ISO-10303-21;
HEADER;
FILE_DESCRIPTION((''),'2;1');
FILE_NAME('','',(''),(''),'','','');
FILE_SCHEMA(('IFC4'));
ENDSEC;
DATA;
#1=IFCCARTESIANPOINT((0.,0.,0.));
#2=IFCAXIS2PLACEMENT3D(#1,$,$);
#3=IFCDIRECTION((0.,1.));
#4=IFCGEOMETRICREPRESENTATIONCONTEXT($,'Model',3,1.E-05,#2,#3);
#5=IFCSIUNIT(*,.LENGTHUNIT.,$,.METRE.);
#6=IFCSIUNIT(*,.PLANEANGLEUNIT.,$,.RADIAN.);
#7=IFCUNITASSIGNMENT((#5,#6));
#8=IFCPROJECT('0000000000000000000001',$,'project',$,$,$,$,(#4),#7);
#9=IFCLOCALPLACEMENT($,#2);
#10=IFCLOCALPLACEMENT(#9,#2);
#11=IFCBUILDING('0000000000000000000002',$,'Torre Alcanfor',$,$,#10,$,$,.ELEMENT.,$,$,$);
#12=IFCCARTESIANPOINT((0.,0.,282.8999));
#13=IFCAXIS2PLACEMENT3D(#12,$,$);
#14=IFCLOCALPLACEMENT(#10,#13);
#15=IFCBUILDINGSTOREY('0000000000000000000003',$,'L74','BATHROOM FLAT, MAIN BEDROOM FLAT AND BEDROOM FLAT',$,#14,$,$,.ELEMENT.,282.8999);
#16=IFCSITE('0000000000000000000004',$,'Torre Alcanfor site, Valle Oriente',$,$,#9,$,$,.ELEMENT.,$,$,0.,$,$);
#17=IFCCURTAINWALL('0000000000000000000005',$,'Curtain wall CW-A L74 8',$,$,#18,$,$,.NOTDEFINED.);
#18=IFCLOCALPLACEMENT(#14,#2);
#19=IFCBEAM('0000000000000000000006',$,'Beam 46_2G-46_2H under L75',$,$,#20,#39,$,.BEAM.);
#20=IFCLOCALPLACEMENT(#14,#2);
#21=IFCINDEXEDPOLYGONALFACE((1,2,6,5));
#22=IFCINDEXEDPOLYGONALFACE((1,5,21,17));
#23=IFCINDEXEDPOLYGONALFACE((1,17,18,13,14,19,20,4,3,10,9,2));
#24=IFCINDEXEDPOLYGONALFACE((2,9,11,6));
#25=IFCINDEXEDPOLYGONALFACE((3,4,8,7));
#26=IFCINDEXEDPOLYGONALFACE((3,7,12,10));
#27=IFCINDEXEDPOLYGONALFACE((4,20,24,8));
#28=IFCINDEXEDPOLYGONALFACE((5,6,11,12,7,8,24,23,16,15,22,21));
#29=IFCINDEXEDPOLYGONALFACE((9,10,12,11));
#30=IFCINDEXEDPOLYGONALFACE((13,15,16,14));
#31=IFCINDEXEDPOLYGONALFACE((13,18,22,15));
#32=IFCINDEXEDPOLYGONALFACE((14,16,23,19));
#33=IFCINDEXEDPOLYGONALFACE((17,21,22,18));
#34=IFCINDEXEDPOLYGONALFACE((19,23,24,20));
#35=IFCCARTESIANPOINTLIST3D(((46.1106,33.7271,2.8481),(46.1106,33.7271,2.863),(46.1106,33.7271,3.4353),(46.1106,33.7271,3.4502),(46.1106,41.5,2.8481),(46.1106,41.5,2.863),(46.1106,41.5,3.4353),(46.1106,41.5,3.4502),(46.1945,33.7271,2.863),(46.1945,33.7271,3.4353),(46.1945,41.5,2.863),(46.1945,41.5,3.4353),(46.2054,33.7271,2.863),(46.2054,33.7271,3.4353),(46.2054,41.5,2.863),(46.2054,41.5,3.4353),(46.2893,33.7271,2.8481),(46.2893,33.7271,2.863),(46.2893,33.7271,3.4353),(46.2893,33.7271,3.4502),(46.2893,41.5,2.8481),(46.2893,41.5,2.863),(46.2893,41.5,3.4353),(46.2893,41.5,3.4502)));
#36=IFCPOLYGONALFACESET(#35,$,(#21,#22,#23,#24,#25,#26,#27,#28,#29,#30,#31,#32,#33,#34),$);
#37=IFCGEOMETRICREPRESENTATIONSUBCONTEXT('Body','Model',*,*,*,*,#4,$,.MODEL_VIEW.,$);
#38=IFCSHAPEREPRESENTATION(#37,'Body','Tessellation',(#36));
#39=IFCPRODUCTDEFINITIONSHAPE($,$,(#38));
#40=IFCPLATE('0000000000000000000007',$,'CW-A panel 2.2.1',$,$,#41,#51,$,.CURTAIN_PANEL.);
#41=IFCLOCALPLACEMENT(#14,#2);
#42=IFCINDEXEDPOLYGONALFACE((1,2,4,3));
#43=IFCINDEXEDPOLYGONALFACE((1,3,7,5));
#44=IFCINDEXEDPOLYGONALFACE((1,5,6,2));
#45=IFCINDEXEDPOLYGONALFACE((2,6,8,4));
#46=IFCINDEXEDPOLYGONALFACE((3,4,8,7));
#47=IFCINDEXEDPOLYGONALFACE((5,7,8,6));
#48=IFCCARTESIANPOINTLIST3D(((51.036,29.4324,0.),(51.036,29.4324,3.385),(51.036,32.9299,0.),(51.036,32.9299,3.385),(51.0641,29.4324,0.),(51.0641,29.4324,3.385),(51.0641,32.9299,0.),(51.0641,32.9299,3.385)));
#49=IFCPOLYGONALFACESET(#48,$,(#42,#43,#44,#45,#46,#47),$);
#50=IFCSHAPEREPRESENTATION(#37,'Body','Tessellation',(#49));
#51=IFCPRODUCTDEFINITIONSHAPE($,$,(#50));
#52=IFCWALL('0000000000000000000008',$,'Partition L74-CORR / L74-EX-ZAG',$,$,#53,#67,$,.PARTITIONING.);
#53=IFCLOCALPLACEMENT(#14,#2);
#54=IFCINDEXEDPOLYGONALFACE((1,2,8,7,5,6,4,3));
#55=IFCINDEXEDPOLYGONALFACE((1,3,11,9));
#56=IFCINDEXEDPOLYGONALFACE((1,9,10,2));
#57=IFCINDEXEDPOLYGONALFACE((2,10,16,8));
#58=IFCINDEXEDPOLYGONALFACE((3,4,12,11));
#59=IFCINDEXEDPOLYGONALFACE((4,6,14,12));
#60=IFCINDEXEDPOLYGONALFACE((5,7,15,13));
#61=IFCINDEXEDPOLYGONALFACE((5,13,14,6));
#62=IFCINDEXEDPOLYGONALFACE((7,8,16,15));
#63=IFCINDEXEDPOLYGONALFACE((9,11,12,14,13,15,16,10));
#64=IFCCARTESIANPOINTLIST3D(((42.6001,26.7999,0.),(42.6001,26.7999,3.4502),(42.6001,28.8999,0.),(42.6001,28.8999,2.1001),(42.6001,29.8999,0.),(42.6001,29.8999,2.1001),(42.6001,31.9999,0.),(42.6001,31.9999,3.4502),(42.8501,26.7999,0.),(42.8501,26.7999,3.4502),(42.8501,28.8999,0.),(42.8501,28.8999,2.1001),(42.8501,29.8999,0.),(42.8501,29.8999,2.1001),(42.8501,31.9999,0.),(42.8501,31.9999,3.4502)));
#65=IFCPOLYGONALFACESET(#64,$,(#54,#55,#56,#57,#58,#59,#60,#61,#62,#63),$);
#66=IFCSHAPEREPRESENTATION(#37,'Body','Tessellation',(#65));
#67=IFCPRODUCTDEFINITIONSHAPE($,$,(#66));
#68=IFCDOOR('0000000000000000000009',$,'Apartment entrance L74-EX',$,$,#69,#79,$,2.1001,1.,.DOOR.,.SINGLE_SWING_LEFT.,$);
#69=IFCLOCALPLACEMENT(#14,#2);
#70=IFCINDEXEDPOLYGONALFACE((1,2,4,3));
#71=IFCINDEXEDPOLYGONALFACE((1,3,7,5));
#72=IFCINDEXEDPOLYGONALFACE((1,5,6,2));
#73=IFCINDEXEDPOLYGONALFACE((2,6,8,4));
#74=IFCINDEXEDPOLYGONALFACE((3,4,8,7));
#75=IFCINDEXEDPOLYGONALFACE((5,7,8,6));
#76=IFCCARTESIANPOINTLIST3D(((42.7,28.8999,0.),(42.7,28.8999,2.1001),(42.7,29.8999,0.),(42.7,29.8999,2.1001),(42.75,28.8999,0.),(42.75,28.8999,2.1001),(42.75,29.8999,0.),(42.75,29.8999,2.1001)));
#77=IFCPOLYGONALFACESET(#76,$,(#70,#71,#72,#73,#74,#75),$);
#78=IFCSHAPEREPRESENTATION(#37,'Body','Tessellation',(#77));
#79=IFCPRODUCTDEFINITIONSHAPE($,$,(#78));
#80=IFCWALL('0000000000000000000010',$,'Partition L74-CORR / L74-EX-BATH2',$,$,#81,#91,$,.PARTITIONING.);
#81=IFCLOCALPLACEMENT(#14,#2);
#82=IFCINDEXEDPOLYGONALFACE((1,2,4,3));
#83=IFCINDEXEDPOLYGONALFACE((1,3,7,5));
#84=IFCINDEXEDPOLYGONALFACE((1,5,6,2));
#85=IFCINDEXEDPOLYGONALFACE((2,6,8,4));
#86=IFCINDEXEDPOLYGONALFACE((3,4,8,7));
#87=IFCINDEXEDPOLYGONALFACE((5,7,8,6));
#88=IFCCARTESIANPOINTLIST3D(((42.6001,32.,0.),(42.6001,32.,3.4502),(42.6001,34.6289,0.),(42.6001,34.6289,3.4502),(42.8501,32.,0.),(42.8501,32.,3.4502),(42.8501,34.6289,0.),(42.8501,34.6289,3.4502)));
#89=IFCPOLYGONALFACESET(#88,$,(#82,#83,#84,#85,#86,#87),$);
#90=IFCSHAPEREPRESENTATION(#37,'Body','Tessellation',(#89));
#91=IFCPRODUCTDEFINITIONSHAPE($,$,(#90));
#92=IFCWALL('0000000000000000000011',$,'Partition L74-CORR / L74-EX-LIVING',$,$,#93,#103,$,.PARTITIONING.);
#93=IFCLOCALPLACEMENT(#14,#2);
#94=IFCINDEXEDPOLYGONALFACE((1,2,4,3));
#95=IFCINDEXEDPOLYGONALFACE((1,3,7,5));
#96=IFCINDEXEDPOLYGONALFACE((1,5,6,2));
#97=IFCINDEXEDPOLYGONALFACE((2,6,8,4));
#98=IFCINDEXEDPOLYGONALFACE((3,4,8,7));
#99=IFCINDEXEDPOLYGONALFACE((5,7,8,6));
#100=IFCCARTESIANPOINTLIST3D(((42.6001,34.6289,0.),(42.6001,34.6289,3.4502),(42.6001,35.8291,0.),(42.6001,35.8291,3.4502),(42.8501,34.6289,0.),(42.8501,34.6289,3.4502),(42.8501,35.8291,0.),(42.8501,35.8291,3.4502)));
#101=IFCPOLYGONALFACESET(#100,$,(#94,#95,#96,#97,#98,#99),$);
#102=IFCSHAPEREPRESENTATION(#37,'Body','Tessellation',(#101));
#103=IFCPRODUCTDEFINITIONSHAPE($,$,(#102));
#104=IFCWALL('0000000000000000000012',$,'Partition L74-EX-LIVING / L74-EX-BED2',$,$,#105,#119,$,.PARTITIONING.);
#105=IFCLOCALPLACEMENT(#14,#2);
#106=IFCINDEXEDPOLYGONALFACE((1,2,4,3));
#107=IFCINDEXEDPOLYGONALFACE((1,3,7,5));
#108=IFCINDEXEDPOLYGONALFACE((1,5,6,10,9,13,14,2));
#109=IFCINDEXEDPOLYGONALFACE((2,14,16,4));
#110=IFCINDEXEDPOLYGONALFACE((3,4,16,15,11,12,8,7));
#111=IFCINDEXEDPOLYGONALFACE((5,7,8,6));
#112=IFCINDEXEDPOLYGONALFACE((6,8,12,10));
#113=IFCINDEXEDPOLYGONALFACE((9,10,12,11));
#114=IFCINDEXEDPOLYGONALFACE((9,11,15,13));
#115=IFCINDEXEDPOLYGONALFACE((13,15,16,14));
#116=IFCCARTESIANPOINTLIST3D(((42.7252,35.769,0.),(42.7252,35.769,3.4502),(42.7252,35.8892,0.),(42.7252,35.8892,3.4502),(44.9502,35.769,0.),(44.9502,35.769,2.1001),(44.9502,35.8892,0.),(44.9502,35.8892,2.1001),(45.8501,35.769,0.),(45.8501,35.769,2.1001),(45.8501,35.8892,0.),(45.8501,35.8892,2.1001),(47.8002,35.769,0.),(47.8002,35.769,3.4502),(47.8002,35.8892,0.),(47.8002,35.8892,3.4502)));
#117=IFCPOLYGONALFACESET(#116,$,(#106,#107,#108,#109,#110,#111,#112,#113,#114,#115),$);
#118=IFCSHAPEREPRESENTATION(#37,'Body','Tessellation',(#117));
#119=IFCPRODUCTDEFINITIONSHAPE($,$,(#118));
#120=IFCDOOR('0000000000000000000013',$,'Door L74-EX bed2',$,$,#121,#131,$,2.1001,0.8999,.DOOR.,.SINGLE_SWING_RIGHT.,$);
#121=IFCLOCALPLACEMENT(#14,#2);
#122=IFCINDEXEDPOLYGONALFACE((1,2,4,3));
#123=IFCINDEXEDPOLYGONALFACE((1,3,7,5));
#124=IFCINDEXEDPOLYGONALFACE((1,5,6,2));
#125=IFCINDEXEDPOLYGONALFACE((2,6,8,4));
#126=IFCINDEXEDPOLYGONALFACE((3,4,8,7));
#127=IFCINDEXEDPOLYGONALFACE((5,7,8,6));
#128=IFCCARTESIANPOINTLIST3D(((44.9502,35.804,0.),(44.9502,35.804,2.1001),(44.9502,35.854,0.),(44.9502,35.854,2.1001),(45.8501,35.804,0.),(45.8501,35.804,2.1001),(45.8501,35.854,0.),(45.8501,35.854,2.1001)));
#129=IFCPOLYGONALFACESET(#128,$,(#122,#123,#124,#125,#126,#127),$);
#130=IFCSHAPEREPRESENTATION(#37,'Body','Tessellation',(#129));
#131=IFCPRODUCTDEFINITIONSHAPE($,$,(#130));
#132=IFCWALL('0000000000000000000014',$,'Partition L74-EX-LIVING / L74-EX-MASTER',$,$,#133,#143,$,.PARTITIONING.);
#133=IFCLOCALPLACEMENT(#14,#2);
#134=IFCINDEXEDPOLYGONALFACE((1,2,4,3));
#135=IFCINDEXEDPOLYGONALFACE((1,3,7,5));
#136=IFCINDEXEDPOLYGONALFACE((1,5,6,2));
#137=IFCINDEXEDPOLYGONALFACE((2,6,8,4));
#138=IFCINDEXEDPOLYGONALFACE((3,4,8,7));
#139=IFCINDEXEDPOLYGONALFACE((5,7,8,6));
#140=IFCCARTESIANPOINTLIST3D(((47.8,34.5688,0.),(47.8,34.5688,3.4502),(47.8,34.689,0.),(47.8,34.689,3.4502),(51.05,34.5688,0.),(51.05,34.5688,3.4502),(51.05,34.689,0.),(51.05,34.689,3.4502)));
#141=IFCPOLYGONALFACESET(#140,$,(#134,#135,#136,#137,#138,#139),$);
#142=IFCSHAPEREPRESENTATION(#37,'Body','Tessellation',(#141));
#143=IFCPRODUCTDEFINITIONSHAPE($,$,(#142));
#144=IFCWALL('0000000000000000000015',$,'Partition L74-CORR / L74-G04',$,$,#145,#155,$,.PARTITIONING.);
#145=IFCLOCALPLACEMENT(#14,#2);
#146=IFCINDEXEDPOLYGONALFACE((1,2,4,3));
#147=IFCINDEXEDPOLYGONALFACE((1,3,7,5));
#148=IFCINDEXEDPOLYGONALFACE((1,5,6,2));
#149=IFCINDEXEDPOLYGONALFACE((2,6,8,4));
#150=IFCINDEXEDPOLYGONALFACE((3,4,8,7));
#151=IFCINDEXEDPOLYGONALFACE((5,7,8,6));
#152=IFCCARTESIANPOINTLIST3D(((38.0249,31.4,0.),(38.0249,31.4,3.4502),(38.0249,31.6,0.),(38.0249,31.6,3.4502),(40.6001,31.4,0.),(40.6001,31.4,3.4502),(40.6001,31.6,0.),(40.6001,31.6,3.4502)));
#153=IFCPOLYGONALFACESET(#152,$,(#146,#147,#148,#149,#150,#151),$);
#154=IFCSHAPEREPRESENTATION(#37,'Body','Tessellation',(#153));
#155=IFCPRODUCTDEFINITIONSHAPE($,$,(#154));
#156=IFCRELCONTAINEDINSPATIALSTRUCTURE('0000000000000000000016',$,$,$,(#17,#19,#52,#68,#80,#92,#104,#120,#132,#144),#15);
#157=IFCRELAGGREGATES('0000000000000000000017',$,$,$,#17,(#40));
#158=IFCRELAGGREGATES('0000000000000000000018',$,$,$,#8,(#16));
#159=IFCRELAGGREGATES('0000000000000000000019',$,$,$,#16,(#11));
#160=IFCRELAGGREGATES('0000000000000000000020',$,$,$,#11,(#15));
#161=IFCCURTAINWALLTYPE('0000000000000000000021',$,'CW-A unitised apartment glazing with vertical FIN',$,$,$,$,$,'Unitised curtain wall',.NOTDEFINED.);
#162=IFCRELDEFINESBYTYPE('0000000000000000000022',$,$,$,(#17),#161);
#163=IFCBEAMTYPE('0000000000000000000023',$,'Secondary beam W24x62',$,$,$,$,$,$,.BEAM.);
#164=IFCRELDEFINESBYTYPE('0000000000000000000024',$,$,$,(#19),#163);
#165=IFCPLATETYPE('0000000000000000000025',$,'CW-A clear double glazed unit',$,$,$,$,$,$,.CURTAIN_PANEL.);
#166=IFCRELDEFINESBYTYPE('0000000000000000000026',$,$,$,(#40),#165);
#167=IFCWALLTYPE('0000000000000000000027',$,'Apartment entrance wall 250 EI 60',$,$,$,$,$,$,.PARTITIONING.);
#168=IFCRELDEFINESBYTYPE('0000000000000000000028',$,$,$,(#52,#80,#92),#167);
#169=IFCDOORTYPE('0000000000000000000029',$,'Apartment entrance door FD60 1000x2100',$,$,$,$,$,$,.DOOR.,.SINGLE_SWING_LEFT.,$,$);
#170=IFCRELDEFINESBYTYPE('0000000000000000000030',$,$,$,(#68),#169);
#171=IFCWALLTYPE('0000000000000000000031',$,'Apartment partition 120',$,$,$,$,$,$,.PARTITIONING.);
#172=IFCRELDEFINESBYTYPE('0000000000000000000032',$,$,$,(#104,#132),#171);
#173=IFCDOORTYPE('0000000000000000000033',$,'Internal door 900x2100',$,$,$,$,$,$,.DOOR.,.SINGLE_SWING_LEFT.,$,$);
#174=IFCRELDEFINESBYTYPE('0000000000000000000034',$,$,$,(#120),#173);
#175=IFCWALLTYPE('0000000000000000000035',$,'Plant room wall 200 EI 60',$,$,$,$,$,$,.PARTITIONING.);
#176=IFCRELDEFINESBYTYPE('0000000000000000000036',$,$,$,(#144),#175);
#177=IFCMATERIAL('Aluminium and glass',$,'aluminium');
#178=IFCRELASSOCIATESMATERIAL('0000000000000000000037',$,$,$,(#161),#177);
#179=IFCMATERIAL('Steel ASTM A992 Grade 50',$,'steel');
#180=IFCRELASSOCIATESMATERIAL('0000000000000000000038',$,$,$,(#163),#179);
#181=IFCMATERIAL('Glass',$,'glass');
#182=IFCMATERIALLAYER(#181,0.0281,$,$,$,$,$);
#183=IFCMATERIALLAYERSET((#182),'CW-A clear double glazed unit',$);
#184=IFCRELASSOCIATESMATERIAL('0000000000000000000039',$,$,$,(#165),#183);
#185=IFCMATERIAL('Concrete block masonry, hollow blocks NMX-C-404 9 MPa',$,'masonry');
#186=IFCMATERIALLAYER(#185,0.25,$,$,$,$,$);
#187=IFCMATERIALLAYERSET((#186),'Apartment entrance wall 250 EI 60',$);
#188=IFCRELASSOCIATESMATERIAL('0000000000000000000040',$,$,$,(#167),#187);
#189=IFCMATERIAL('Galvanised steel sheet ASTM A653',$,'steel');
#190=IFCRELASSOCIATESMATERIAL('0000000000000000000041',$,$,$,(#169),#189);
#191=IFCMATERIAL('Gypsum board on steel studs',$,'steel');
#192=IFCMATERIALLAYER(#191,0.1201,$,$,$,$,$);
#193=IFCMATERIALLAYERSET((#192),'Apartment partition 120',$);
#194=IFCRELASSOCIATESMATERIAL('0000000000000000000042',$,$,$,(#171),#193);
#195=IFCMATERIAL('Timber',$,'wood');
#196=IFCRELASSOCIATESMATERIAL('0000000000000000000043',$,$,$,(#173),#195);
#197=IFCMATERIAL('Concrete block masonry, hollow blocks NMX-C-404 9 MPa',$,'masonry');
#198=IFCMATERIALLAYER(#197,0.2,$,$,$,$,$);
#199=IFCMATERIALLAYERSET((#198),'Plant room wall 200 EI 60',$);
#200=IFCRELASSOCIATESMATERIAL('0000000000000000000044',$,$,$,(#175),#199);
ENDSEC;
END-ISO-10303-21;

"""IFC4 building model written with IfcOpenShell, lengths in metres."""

from ifc_helpers import new_model, si_unit, direction, frame, frame_2d, origin, origin_2d, place, context, subcontext, project, spatial, rectangle, i_section, extrude, material, layer, layer_set, material_profile, profile_set, type_object, element, fill, aggregate, save


model = new_model("IFC4")

# Units and contexts
model_context = context("Model", 3, precision=1e-05, world=origin(), true_north=direction((0.0, 1.0)))
body_context = subcontext(model_context, "Body", "Model", "MODEL_VIEW")
ifc_project = project(units=[si_unit("LENGTHUNIT", "METRE"), si_unit("PLANEANGLEUNIT", "RADIAN")], contexts=[model_context])

# Site, building, storey
site_placement = place(None, origin())
site = spatial("IfcSite", under=ifc_project, at=site_placement, Name="Torre Alcanfor site, Valle Oriente", CompositionType="ELEMENT", RefElevation=0.0)
building_placement = place(site_placement, origin())
building = spatial("IfcBuilding", under=site, at=building_placement, Name="Torre Alcanfor", CompositionType="ELEMENT")
storey_placement = place(building_placement, frame((0.0, 0.0, 282.8999)))
storey = spatial("IfcBuildingStorey", under=building, at=storey_placement, Name="L74", Description="BATHROOM FLAT, MAIN BEDROOM FLAT AND BEDROOM FLAT", CompositionType="ELEMENT", Elevation=282.8999)

# Curtain wall
ifc_material_1 = material(Name="Aluminium and glass", Category="aluminium")
curtain_wall_type = type_object("IfcCurtainWallType", Name="CW-A unitised apartment glazing with vertical FIN", ElementType="Unitised curtain wall", PredefinedType="NOTDEFINED", material=ifc_material_1)
curtain_wall_placement = place(storey_placement, origin())
curtain_wall = element("IfcCurtainWall", 1, at=curtain_wall_placement, inside=storey, type_object=curtain_wall_type, Name="Curtain wall CW-A L74 8", PredefinedType="NOTDEFINED")

# Beam
ifc_material_2 = material(Name="Steel ASTM A992 Grade 50", Category="steel")
ifc_material_profile_1 = material_profile(ifc_material_2, i_section(OverallWidth=0.1787, OverallDepth=0.6021, WebThickness=0.011, FlangeThickness=0.0149, at=origin_2d()), Name="W24x62")
ifc_profile_set_1 = profile_set([ifc_material_profile_1], Name="Steel ASTM A992 Grade 50")
beam_type_1 = type_object("IfcBeamType", Name="Secondary beam W24x62", PredefinedType="BEAM", material=ifc_profile_set_1)
beam_1_placement = place(storey_placement, frame((46.2, 33.7271, 3.1492), z_axis=(0.0, 1.0, 0.0), x_axis=(-1.0, 0.0, 0.0)))
element("IfcBeam", 2, at=beam_1_placement, inside=storey, type_object=beam_type_1, Name="Beam 46_2G-46_2H under L75", PredefinedType="BEAM", context=body_context, shape_type="SweptSolid", body=[
    extrude(i_section(OverallWidth=0.1787, OverallDepth=0.6021, WebThickness=0.011, FlangeThickness=0.0149, at=origin_2d()), origin(), (0.0, 0.0, 1.0), 7.7729),
])

# Plate
ifc_material_3 = material(Name="Glass", Category="glass")
ifc_layer_1 = layer(ifc_material_3, 0.0281)
ifc_layer_set_1 = layer_set([ifc_layer_1], Name="CW-A clear double glazed unit")
plate_type = type_object("IfcPlateType", Name="CW-A clear double glazed unit", PredefinedType="CURTAIN_PANEL", material=ifc_layer_set_1)
plate_placement = place(storey_placement, frame((51.05, 31.1812, 0.0), z_axis=(0.0, 0.0, 1.0), x_axis=(0.0, 1.0, 0.0)))
plate = element("IfcPlate", 3, at=plate_placement, type_object=plate_type, Name="CW-A panel 2.2.1", PredefinedType="CURTAIN_PANEL", context=body_context, shape_type="SweptSolid", body=[
    extrude(rectangle(XDim=3.4976, YDim=0.0281, at=origin_2d()), origin(), (0.0, 0.0, 1.0), 3.385),
])
aggregate(curtain_wall, [plate])

# Wall, opening, door
ifc_material_4 = material(Name="Concrete block masonry, hollow blocks NMX-C-404 9 MPa", Category="masonry")
ifc_layer_2 = layer(ifc_material_4, 0.25)
ifc_layer_set_2 = layer_set([ifc_layer_2], Name="Apartment entrance wall 250 EI 60")
wall_type_1 = type_object("IfcWallType", Name="Apartment entrance wall 250 EI 60", PredefinedType="PARTITIONING", material=ifc_layer_set_2)
wall_1_placement = place(storey_placement, frame((42.7251, 32.0, 0.0), z_axis=(0.0, 0.0, 1.0), x_axis=(0.0, -1.0, 0.0)))
wall_1 = element("IfcWall", 4, at=wall_1_placement, inside=storey, type_object=wall_type_1, Name="Partition L74-CORR / L74-EX-ZAG", PredefinedType="PARTITIONING", context=body_context, shape_type="SweptSolid", body=[
    extrude(rectangle(XDim=5.2, YDim=0.25, at=frame_2d((2.6001, 0.0))), origin(), (0.0, 0.0, 1.0), 3.4502),
])
opening_1_placement = place(wall_1_placement, frame((2.1001, 0.0, 0.0)))
opening_1 = element("IfcOpeningElement", 5, at=opening_1_placement, cuts=wall_1, PredefinedType="OPENING", context=body_context, shape_type="SweptSolid", body=[
    extrude(rectangle(XDim=1.0, YDim=2.1001, at=frame_2d((0.5, 1.05))), frame((0.0, 0.135, 0.0), z_axis=(0.0, -1.0, 0.0), x_axis=(1.0, 0.0, 0.0)), (0.0, 0.0, 1.0), 0.27),
])
ifc_material_5 = material(Name="Galvanised steel sheet ASTM A653", Category="steel")
door_type_1 = type_object("IfcDoorType", Name="Apartment entrance door FD60 1000x2100", OperationType="SINGLE_SWING_LEFT", PredefinedType="DOOR", material=ifc_material_5)
door_1_placement = place(opening_1_placement, origin())
door_1 = element("IfcDoor", 6, at=door_1_placement, inside=storey, type_object=door_type_1, Name="Apartment entrance L74-EX", OperationType="SINGLE_SWING_LEFT", OverallHeight=2.1001, OverallWidth=1.0, PredefinedType="DOOR", context=body_context, shape_type="SweptSolid", body=[
    extrude(rectangle(XDim=1.0, YDim=2.1001, at=frame_2d((0.5, 1.05))), frame((0.0, 0.0249, 0.0), z_axis=(0.0, -1.0, 0.0), x_axis=(1.0, 0.0, 0.0)), (0.0, 0.0, 1.0), 0.05),
])
fill(opening_1, door_1)

# Walls
wall_2_placement = place(storey_placement, frame((42.7251, 34.6289, 0.0), z_axis=(0.0, 0.0, 1.0), x_axis=(0.0, -1.0, 0.0)))
element("IfcWall", 7, at=wall_2_placement, inside=storey, type_object=wall_type_1, Name="Partition L74-CORR / L74-EX-BATH2", PredefinedType="PARTITIONING", context=body_context, shape_type="SweptSolid", body=[
    extrude(rectangle(XDim=2.6289, YDim=0.25, at=frame_2d((1.3145, 0.0))), origin(), (0.0, 0.0, 1.0), 3.4502),
])
wall_3_placement = place(storey_placement, frame((42.7251, 35.8291, 0.0), z_axis=(0.0, 0.0, 1.0), x_axis=(0.0, -1.0, 0.0)))
element("IfcWall", 8, at=wall_3_placement, inside=storey, type_object=wall_type_1, Name="Partition L74-CORR / L74-EX-LIVING", PredefinedType="PARTITIONING", context=body_context, shape_type="SweptSolid", body=[
    extrude(rectangle(XDim=1.2002, YDim=0.25, at=frame_2d((0.6001, 0.0))), origin(), (0.0, 0.0, 1.0), 3.4502),
])

# Wall, opening, door
ifc_material_6 = material(Name="Gypsum board on steel studs", Category="steel")
ifc_layer_3 = layer(ifc_material_6, 0.1201)
ifc_layer_set_3 = layer_set([ifc_layer_3], Name="Apartment partition 120")
wall_type_2 = type_object("IfcWallType", Name="Apartment partition 120", PredefinedType="PARTITIONING", material=ifc_layer_set_3)
wall_4_placement = place(storey_placement, frame((42.7251, 35.8291, 0.0), z_axis=(0.0, 0.0, 1.0), x_axis=(1.0, 0.0, 0.0)))
wall_4 = element("IfcWall", 9, at=wall_4_placement, inside=storey, type_object=wall_type_2, Name="Partition L74-EX-LIVING / L74-EX-BED2", PredefinedType="PARTITIONING", context=body_context, shape_type="SweptSolid", body=[
    extrude(rectangle(XDim=5.075, YDim=0.1201, at=frame_2d((2.5376, 0.0))), origin(), (0.0, 0.0, 1.0), 3.4502),
])
opening_2_placement = place(wall_4_placement, frame((2.2251, 0.0, 0.0)))
opening_2 = element("IfcOpeningElement", 10, at=opening_2_placement, cuts=wall_4, PredefinedType="OPENING", context=body_context, shape_type="SweptSolid", body=[
    extrude(rectangle(XDim=0.8999, YDim=2.1001, at=frame_2d((0.45, 1.05))), frame((0.0, 0.0701, 0.0), z_axis=(0.0, -1.0, 0.0), x_axis=(1.0, 0.0, 0.0)), (0.0, 0.0, 1.0), 0.1401),
])
ifc_material_7 = material(Name="Timber", Category="wood")
door_type_2 = type_object("IfcDoorType", Name="Internal door 900x2100", OperationType="SINGLE_SWING_LEFT", PredefinedType="DOOR", material=ifc_material_7)
door_2_placement = place(opening_2_placement, origin())
door_2 = element("IfcDoor", 11, at=door_2_placement, inside=storey, type_object=door_type_2, Name="Door L74-EX bed2", OperationType="SINGLE_SWING_RIGHT", OverallHeight=2.1001, OverallWidth=0.8999, PredefinedType="DOOR", context=body_context, shape_type="SweptSolid", body=[
    extrude(rectangle(XDim=0.8999, YDim=2.1001, at=frame_2d((0.45, 1.05))), frame((0.0, 0.0249, 0.0), z_axis=(0.0, -1.0, 0.0), x_axis=(1.0, 0.0, 0.0)), (0.0, 0.0, 1.0), 0.05),
])
fill(opening_2, door_2)

# Walls
wall_5_placement = place(storey_placement, frame((47.8, 34.6289, 0.0), z_axis=(0.0, 0.0, 1.0), x_axis=(1.0, 0.0, 0.0)))
element("IfcWall", 12, at=wall_5_placement, inside=storey, type_object=wall_type_2, Name="Partition L74-EX-LIVING / L74-EX-MASTER", PredefinedType="PARTITIONING", context=body_context, shape_type="SweptSolid", body=[
    extrude(rectangle(XDim=3.25, YDim=0.1201, at=frame_2d((1.625, 0.0))), origin(), (0.0, 0.0, 1.0), 3.4502),
])
ifc_material_8 = material(Name="Concrete block masonry, hollow blocks NMX-C-404 9 MPa", Category="masonry")
ifc_layer_4 = layer(ifc_material_8, 0.2)
ifc_layer_set_4 = layer_set([ifc_layer_4], Name="Plant room wall 200 EI 60")
wall_type_3 = type_object("IfcWallType", Name="Plant room wall 200 EI 60", PredefinedType="PARTITIONING", material=ifc_layer_set_4)
wall_6_placement = place(storey_placement, frame((40.6001, 31.5, 0.0), z_axis=(0.0, 0.0, 1.0), x_axis=(-1.0, 0.0, 0.0)))
element("IfcWall", 13, at=wall_6_placement, inside=storey, type_object=wall_type_3, Name="Partition L74-CORR / L74-G04", PredefinedType="PARTITIONING", context=body_context, shape_type="SweptSolid", body=[
    extrude(rectangle(XDim=2.5752, YDim=0.2, at=frame_2d((1.2876, 0.0))), origin(), (0.0, 0.0, 1.0), 3.4502),
])

save(model, "model.ifc")
